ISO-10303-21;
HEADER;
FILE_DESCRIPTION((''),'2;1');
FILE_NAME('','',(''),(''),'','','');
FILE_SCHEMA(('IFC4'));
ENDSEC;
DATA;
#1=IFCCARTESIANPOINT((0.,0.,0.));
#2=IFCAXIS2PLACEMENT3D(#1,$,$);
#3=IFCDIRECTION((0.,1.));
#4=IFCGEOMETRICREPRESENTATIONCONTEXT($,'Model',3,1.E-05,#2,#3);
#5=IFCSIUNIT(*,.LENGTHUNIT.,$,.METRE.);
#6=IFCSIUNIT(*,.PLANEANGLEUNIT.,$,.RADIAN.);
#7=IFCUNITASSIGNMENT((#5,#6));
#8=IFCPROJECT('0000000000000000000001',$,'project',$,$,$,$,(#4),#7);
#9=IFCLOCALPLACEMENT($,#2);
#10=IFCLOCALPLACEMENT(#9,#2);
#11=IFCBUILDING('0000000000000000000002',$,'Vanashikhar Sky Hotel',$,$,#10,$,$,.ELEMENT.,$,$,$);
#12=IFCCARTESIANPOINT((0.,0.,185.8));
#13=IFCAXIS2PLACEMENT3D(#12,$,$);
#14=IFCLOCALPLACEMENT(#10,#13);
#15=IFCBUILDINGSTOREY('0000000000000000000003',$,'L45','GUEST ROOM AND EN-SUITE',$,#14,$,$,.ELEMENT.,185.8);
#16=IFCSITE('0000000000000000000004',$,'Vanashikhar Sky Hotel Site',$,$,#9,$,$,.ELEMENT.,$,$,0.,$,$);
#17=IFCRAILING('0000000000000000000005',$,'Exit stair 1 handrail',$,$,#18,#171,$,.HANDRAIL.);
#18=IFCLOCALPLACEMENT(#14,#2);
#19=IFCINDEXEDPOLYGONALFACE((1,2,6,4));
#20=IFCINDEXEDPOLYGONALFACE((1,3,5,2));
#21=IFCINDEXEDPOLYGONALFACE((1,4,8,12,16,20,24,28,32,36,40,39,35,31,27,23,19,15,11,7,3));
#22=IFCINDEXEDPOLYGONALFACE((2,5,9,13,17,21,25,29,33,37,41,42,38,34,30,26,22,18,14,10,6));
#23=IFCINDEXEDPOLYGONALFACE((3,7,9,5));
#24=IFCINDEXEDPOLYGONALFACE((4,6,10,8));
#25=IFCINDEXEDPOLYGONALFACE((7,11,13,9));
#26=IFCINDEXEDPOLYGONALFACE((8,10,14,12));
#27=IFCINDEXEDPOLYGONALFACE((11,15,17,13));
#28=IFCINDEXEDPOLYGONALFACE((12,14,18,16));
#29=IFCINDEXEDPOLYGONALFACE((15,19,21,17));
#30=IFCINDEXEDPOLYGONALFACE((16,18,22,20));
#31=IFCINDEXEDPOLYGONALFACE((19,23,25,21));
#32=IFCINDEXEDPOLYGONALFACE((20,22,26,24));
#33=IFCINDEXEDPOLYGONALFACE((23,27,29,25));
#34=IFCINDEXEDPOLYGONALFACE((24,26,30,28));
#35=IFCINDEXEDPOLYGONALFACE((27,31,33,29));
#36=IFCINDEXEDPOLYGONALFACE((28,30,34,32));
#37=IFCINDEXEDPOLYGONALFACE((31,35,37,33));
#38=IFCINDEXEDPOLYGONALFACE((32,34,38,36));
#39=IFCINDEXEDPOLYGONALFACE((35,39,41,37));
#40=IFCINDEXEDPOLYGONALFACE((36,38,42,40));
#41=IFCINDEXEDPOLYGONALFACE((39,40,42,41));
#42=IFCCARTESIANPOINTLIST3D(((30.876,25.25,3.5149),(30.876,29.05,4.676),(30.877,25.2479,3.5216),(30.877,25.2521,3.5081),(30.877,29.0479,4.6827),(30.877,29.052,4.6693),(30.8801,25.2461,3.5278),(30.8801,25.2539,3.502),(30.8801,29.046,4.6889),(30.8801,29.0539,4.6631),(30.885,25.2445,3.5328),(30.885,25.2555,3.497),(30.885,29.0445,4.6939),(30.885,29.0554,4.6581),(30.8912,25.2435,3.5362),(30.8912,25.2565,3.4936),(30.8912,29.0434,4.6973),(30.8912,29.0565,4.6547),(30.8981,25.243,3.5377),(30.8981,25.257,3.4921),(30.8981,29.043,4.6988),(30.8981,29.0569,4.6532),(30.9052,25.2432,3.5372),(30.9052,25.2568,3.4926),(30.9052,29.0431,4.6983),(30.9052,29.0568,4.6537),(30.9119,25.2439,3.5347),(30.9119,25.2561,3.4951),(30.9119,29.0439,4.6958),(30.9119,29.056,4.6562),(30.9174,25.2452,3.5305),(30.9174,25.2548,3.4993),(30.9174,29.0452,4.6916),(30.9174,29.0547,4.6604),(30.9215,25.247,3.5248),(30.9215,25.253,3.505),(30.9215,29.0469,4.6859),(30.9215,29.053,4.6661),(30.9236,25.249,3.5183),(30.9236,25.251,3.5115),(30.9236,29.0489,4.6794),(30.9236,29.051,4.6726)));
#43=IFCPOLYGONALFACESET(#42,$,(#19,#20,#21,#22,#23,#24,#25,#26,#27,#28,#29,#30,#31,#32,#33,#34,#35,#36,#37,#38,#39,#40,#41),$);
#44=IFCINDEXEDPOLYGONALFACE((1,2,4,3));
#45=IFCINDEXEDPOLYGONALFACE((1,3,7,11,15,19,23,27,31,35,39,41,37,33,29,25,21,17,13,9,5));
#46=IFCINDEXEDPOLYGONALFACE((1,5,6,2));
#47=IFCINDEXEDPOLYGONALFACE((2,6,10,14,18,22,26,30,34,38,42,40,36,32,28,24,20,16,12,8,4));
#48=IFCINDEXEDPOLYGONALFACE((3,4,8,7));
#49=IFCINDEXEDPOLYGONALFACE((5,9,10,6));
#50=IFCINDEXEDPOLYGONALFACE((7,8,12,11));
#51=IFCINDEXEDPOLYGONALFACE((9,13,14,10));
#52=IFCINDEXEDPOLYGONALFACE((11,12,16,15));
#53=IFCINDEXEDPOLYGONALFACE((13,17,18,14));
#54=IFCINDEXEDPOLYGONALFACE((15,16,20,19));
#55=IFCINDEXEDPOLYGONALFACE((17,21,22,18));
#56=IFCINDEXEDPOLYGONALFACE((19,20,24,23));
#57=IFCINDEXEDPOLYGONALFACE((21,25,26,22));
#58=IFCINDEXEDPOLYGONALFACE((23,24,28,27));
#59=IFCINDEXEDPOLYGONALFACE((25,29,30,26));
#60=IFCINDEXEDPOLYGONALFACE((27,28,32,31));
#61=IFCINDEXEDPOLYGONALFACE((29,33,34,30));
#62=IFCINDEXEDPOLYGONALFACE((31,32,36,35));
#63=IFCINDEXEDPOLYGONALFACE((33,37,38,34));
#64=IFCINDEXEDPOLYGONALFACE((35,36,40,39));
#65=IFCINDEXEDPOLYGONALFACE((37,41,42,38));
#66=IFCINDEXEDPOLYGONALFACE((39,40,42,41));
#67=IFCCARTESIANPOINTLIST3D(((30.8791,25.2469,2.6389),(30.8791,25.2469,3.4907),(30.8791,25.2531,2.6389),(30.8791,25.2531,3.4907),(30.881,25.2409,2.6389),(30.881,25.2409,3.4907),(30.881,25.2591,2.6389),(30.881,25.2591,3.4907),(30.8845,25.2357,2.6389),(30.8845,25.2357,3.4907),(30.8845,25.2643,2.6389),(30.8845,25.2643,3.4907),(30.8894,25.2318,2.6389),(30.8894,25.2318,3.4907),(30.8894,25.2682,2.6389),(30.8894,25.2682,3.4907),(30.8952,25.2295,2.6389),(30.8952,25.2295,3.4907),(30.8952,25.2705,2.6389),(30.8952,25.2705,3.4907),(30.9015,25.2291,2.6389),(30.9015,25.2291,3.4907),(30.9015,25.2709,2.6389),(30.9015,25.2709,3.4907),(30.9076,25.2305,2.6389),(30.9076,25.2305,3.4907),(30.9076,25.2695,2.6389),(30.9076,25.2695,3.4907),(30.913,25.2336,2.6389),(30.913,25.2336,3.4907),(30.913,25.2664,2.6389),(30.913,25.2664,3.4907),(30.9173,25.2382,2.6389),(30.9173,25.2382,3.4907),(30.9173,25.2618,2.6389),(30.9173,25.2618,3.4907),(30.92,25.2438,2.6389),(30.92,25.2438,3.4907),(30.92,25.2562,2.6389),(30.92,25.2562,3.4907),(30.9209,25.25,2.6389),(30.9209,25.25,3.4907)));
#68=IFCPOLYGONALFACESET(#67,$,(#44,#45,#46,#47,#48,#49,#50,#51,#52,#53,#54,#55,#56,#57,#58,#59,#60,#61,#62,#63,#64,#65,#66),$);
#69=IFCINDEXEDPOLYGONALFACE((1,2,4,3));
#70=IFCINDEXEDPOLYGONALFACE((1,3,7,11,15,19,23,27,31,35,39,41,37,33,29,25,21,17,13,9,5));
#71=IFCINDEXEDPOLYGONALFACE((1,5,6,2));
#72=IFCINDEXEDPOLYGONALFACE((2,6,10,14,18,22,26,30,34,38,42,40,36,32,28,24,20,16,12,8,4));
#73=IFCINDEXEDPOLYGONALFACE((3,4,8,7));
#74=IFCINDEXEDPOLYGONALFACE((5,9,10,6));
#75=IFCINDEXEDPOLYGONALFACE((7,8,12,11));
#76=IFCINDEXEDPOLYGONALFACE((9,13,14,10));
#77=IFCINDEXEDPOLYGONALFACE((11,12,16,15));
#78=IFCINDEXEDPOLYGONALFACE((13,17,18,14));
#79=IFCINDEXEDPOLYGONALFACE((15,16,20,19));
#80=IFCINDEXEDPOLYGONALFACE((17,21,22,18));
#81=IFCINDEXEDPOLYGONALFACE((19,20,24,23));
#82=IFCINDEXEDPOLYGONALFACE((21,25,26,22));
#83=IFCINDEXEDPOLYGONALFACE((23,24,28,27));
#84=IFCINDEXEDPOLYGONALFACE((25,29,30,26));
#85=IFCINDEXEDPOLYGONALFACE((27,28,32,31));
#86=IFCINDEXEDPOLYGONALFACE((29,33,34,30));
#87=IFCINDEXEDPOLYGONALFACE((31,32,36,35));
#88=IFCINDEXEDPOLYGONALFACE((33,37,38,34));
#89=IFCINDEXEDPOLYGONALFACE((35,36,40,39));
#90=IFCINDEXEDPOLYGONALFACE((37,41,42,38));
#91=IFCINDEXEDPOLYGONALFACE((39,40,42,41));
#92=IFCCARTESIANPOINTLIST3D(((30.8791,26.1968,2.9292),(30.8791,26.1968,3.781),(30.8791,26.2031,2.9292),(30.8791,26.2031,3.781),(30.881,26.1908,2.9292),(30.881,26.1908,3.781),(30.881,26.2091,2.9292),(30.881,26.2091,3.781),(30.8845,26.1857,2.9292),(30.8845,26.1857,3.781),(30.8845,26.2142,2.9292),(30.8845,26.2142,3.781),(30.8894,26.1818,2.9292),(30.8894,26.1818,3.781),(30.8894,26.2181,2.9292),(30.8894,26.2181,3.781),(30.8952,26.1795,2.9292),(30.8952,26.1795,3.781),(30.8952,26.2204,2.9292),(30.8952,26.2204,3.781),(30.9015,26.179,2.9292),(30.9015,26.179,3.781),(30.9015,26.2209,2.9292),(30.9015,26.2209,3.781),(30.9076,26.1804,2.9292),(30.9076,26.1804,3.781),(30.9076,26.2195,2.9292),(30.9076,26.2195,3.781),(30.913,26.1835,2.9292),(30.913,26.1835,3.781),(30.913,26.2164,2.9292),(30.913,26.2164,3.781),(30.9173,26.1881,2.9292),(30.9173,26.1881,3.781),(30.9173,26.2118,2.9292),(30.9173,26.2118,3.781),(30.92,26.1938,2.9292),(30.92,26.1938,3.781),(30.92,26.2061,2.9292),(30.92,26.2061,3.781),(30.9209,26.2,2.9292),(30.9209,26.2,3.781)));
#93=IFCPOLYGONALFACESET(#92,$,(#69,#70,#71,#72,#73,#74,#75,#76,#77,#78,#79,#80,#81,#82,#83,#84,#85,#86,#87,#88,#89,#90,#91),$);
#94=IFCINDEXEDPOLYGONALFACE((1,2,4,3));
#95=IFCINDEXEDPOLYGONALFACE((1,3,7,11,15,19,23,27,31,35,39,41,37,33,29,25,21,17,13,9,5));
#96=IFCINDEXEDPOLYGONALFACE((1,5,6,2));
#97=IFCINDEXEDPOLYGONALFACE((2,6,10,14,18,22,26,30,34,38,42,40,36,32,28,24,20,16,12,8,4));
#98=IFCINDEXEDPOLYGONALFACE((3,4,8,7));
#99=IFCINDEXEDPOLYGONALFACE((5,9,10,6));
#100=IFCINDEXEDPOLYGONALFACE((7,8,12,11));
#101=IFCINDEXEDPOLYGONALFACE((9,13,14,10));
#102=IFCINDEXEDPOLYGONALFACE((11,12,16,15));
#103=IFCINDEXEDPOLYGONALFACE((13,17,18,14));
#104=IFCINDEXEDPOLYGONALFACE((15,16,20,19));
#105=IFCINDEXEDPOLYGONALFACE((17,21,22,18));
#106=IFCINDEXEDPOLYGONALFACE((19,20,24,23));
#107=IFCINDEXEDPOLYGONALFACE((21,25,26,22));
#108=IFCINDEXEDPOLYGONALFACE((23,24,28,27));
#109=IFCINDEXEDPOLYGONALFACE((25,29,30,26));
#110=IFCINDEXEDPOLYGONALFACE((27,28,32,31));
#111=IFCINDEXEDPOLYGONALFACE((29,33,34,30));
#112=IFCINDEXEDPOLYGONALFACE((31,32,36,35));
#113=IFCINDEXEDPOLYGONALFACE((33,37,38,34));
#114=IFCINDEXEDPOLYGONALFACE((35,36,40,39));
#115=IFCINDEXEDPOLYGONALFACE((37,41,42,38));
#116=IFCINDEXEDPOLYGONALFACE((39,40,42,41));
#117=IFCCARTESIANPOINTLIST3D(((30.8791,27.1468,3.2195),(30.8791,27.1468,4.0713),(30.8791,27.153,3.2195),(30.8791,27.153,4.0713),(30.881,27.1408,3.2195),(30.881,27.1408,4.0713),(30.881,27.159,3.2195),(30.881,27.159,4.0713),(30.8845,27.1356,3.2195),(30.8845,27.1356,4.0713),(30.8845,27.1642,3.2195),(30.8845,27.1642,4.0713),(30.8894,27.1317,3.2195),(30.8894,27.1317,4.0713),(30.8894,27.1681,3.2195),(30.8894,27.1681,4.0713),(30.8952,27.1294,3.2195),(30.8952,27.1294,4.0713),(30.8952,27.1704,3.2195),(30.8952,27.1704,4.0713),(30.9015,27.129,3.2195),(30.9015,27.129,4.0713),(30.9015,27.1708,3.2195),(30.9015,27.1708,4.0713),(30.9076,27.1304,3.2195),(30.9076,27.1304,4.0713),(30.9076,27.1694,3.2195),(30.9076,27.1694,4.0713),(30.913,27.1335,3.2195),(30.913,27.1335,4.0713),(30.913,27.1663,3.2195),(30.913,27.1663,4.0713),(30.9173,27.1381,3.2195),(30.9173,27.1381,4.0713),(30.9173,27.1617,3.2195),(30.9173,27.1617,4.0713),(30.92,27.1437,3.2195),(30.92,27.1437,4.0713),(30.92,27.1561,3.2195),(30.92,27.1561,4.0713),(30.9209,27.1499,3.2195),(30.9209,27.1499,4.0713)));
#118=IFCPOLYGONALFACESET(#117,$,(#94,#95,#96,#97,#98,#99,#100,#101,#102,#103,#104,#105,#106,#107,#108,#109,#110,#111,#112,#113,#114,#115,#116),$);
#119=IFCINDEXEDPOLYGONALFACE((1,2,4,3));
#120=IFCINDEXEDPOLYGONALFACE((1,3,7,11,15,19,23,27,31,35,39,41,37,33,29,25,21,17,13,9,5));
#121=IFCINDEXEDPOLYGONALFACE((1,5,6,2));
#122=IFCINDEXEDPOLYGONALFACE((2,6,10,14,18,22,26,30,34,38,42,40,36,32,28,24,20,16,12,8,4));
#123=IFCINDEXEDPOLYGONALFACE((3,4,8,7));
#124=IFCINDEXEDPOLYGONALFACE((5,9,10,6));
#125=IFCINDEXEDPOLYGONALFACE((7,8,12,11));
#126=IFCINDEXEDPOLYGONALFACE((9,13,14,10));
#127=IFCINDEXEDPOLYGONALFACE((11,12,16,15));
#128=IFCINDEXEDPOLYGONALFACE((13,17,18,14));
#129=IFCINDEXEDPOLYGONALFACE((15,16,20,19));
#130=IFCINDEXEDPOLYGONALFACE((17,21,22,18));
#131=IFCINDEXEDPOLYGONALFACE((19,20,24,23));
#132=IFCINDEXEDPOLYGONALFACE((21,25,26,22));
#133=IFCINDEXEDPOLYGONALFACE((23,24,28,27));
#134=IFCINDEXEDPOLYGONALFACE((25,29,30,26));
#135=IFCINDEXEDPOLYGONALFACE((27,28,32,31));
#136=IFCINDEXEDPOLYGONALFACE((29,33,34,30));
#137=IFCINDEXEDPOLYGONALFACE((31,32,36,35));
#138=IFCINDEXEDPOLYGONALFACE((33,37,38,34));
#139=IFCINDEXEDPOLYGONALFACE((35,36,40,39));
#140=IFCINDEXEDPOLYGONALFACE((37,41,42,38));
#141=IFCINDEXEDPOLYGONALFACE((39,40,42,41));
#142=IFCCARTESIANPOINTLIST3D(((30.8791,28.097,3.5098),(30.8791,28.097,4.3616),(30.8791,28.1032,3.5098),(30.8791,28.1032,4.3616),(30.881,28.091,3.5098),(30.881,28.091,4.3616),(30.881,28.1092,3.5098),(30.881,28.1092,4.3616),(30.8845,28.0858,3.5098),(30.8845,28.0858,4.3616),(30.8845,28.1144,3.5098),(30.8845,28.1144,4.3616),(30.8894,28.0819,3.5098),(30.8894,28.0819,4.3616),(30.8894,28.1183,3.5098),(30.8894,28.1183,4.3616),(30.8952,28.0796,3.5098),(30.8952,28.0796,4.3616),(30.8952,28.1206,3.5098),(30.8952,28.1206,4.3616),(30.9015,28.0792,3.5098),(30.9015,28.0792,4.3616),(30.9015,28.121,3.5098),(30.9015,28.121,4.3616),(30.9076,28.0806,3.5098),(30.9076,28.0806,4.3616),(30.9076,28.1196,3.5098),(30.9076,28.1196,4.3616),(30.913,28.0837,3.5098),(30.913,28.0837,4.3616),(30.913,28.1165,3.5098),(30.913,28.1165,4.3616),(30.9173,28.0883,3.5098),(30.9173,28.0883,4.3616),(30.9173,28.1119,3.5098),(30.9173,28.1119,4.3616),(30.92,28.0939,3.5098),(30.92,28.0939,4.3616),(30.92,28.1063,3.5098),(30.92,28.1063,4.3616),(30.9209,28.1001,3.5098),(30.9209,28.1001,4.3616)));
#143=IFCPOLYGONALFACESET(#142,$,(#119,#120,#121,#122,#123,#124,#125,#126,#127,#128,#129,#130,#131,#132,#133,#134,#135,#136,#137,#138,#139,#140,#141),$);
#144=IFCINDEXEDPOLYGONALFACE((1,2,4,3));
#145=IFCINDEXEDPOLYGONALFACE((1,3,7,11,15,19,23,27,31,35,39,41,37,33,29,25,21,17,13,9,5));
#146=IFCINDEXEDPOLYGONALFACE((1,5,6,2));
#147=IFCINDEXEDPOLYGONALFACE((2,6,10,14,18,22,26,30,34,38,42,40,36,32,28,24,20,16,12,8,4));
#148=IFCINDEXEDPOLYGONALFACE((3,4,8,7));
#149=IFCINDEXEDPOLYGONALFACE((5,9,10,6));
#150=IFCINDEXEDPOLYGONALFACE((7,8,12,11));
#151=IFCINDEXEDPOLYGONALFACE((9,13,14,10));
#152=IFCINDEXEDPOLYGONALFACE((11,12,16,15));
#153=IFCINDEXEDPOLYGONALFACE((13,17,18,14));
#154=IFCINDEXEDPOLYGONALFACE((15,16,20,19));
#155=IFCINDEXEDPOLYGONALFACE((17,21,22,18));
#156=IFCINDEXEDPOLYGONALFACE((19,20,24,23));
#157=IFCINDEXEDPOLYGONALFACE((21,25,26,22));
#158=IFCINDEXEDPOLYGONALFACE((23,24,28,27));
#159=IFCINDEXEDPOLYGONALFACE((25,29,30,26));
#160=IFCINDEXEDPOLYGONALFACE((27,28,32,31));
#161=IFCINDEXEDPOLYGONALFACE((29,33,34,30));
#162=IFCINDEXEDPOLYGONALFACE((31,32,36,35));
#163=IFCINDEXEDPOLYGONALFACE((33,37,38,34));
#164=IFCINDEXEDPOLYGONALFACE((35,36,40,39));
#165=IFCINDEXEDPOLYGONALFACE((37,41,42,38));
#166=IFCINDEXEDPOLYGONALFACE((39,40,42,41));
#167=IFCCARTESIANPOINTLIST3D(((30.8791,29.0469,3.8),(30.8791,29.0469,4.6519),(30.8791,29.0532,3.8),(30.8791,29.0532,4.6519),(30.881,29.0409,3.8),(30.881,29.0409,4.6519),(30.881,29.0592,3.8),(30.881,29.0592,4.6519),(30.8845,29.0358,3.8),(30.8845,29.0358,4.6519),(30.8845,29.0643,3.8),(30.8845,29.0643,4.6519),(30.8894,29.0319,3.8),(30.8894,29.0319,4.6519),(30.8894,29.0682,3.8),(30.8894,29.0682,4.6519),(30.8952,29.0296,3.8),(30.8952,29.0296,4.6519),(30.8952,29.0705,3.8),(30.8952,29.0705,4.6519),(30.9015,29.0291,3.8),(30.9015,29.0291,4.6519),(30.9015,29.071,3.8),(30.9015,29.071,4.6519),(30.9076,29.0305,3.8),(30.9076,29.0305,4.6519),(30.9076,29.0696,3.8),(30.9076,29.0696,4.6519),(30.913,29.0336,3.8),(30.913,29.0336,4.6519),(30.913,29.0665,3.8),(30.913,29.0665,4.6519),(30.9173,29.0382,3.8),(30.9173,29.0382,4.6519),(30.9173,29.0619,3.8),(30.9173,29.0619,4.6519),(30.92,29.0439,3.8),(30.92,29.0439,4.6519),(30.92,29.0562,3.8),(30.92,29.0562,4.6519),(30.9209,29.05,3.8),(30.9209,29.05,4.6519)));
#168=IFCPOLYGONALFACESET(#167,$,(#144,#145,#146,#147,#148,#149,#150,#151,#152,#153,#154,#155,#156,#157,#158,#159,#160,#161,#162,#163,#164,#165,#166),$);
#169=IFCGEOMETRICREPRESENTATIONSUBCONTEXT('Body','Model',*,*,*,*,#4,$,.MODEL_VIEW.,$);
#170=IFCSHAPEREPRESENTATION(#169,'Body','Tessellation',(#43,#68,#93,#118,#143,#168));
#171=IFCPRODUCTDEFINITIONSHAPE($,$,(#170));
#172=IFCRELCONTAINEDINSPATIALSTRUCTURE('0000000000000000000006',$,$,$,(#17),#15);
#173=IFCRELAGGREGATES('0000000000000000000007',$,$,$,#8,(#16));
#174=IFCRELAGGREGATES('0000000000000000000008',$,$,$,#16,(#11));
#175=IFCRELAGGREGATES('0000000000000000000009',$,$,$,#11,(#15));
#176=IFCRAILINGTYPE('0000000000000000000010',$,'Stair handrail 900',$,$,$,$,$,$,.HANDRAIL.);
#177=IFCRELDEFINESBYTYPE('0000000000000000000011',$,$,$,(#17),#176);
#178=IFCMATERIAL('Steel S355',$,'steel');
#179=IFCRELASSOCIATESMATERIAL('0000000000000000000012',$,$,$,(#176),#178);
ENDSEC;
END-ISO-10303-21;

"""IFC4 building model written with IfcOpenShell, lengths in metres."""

from ifc_helpers import new_model, si_unit, direction, frame, origin, origin_2d, place, context, subcontext, project, spatial, circle, extrude, source, transform, mapped, material, type_object, element, save


model = new_model("IFC4")

# Units and contexts
model_context = context("Model", 3, precision=1e-05, world=origin(), true_north=direction((0.0, 1.0)))
body_context = subcontext(model_context, "Body", "Model", "MODEL_VIEW")
ifc_project = project(units=[si_unit("LENGTHUNIT", "METRE"), si_unit("PLANEANGLEUNIT", "RADIAN")], contexts=[model_context])

# Site, building, storey
site_placement = place(None, origin())
site = spatial("IfcSite", under=ifc_project, at=site_placement, Name="Vanashikhar Sky Hotel Site", CompositionType="ELEMENT", RefElevation=0.0)
building_placement = place(site_placement, origin())
building = spatial("IfcBuilding", under=site, at=building_placement, Name="Vanashikhar Sky Hotel", CompositionType="ELEMENT")
storey_placement = place(building_placement, frame((0.0, 0.0, 185.8)))
storey = spatial("IfcBuildingStorey", under=building, at=storey_placement, Name="L45", Description="GUEST ROOM AND EN-SUITE", CompositionType="ELEMENT", Elevation=185.8)

# Railing
ifc_material_1 = material(Name="Steel S355", Category="steel")
railing_type_1 = type_object("IfcRailingType", Name="Stair handrail 900", PredefinedType="HANDRAIL", material=ifc_material_1)
shared_shape_1 = source(origin(), body_context, "Body", "SweptSolid", [
    extrude(circle(Radius=0.0239, at=origin_2d()), frame((0.0, 0.0, 0.876), z_axis=(0.0, 0.956351, 0.29222), x_axis=(-1.0, 0.0, 0.0)), (0.0, 0.0, 1.0), 3.9734),
    extrude(circle(Radius=0.021, at=origin_2d()), origin(), (0.0, 0.0, 1.0), 0.8518),
    extrude(circle(Radius=0.021, at=origin_2d()), frame((0.0, 0.95, 0.2903)), (0.0, 0.0, 1.0), 0.8518),
    extrude(circle(Radius=0.021, at=origin_2d()), frame((0.0, 1.8999, 0.5806)), (0.0, 0.0, 1.0), 0.8518),
    extrude(circle(Radius=0.021, at=origin_2d()), frame((0.0, 2.8501, 0.8708)), (0.0, 0.0, 1.0), 0.8518),
    extrude(circle(Radius=0.021, at=origin_2d()), frame((0.0, 3.8, 1.1611)), (0.0, 0.0, 1.0), 0.8518),
])
for number, where, name in (
    (1, (30.8999, 25.25, 2.6389), "Exit stair 1 handrail"),
):
    element("IfcRailing", number, at=place(storey_placement, frame(where)), inside=storey, type_object=railing_type_1, Name=name, PredefinedType="HANDRAIL", context=body_context, shape_type="MappedRepresentation", body=[
        mapped(shared_shape_1, transform((0.0, 0.0, 0.0), scale=1.0)),
    ])

save(model, "model.ifc")
